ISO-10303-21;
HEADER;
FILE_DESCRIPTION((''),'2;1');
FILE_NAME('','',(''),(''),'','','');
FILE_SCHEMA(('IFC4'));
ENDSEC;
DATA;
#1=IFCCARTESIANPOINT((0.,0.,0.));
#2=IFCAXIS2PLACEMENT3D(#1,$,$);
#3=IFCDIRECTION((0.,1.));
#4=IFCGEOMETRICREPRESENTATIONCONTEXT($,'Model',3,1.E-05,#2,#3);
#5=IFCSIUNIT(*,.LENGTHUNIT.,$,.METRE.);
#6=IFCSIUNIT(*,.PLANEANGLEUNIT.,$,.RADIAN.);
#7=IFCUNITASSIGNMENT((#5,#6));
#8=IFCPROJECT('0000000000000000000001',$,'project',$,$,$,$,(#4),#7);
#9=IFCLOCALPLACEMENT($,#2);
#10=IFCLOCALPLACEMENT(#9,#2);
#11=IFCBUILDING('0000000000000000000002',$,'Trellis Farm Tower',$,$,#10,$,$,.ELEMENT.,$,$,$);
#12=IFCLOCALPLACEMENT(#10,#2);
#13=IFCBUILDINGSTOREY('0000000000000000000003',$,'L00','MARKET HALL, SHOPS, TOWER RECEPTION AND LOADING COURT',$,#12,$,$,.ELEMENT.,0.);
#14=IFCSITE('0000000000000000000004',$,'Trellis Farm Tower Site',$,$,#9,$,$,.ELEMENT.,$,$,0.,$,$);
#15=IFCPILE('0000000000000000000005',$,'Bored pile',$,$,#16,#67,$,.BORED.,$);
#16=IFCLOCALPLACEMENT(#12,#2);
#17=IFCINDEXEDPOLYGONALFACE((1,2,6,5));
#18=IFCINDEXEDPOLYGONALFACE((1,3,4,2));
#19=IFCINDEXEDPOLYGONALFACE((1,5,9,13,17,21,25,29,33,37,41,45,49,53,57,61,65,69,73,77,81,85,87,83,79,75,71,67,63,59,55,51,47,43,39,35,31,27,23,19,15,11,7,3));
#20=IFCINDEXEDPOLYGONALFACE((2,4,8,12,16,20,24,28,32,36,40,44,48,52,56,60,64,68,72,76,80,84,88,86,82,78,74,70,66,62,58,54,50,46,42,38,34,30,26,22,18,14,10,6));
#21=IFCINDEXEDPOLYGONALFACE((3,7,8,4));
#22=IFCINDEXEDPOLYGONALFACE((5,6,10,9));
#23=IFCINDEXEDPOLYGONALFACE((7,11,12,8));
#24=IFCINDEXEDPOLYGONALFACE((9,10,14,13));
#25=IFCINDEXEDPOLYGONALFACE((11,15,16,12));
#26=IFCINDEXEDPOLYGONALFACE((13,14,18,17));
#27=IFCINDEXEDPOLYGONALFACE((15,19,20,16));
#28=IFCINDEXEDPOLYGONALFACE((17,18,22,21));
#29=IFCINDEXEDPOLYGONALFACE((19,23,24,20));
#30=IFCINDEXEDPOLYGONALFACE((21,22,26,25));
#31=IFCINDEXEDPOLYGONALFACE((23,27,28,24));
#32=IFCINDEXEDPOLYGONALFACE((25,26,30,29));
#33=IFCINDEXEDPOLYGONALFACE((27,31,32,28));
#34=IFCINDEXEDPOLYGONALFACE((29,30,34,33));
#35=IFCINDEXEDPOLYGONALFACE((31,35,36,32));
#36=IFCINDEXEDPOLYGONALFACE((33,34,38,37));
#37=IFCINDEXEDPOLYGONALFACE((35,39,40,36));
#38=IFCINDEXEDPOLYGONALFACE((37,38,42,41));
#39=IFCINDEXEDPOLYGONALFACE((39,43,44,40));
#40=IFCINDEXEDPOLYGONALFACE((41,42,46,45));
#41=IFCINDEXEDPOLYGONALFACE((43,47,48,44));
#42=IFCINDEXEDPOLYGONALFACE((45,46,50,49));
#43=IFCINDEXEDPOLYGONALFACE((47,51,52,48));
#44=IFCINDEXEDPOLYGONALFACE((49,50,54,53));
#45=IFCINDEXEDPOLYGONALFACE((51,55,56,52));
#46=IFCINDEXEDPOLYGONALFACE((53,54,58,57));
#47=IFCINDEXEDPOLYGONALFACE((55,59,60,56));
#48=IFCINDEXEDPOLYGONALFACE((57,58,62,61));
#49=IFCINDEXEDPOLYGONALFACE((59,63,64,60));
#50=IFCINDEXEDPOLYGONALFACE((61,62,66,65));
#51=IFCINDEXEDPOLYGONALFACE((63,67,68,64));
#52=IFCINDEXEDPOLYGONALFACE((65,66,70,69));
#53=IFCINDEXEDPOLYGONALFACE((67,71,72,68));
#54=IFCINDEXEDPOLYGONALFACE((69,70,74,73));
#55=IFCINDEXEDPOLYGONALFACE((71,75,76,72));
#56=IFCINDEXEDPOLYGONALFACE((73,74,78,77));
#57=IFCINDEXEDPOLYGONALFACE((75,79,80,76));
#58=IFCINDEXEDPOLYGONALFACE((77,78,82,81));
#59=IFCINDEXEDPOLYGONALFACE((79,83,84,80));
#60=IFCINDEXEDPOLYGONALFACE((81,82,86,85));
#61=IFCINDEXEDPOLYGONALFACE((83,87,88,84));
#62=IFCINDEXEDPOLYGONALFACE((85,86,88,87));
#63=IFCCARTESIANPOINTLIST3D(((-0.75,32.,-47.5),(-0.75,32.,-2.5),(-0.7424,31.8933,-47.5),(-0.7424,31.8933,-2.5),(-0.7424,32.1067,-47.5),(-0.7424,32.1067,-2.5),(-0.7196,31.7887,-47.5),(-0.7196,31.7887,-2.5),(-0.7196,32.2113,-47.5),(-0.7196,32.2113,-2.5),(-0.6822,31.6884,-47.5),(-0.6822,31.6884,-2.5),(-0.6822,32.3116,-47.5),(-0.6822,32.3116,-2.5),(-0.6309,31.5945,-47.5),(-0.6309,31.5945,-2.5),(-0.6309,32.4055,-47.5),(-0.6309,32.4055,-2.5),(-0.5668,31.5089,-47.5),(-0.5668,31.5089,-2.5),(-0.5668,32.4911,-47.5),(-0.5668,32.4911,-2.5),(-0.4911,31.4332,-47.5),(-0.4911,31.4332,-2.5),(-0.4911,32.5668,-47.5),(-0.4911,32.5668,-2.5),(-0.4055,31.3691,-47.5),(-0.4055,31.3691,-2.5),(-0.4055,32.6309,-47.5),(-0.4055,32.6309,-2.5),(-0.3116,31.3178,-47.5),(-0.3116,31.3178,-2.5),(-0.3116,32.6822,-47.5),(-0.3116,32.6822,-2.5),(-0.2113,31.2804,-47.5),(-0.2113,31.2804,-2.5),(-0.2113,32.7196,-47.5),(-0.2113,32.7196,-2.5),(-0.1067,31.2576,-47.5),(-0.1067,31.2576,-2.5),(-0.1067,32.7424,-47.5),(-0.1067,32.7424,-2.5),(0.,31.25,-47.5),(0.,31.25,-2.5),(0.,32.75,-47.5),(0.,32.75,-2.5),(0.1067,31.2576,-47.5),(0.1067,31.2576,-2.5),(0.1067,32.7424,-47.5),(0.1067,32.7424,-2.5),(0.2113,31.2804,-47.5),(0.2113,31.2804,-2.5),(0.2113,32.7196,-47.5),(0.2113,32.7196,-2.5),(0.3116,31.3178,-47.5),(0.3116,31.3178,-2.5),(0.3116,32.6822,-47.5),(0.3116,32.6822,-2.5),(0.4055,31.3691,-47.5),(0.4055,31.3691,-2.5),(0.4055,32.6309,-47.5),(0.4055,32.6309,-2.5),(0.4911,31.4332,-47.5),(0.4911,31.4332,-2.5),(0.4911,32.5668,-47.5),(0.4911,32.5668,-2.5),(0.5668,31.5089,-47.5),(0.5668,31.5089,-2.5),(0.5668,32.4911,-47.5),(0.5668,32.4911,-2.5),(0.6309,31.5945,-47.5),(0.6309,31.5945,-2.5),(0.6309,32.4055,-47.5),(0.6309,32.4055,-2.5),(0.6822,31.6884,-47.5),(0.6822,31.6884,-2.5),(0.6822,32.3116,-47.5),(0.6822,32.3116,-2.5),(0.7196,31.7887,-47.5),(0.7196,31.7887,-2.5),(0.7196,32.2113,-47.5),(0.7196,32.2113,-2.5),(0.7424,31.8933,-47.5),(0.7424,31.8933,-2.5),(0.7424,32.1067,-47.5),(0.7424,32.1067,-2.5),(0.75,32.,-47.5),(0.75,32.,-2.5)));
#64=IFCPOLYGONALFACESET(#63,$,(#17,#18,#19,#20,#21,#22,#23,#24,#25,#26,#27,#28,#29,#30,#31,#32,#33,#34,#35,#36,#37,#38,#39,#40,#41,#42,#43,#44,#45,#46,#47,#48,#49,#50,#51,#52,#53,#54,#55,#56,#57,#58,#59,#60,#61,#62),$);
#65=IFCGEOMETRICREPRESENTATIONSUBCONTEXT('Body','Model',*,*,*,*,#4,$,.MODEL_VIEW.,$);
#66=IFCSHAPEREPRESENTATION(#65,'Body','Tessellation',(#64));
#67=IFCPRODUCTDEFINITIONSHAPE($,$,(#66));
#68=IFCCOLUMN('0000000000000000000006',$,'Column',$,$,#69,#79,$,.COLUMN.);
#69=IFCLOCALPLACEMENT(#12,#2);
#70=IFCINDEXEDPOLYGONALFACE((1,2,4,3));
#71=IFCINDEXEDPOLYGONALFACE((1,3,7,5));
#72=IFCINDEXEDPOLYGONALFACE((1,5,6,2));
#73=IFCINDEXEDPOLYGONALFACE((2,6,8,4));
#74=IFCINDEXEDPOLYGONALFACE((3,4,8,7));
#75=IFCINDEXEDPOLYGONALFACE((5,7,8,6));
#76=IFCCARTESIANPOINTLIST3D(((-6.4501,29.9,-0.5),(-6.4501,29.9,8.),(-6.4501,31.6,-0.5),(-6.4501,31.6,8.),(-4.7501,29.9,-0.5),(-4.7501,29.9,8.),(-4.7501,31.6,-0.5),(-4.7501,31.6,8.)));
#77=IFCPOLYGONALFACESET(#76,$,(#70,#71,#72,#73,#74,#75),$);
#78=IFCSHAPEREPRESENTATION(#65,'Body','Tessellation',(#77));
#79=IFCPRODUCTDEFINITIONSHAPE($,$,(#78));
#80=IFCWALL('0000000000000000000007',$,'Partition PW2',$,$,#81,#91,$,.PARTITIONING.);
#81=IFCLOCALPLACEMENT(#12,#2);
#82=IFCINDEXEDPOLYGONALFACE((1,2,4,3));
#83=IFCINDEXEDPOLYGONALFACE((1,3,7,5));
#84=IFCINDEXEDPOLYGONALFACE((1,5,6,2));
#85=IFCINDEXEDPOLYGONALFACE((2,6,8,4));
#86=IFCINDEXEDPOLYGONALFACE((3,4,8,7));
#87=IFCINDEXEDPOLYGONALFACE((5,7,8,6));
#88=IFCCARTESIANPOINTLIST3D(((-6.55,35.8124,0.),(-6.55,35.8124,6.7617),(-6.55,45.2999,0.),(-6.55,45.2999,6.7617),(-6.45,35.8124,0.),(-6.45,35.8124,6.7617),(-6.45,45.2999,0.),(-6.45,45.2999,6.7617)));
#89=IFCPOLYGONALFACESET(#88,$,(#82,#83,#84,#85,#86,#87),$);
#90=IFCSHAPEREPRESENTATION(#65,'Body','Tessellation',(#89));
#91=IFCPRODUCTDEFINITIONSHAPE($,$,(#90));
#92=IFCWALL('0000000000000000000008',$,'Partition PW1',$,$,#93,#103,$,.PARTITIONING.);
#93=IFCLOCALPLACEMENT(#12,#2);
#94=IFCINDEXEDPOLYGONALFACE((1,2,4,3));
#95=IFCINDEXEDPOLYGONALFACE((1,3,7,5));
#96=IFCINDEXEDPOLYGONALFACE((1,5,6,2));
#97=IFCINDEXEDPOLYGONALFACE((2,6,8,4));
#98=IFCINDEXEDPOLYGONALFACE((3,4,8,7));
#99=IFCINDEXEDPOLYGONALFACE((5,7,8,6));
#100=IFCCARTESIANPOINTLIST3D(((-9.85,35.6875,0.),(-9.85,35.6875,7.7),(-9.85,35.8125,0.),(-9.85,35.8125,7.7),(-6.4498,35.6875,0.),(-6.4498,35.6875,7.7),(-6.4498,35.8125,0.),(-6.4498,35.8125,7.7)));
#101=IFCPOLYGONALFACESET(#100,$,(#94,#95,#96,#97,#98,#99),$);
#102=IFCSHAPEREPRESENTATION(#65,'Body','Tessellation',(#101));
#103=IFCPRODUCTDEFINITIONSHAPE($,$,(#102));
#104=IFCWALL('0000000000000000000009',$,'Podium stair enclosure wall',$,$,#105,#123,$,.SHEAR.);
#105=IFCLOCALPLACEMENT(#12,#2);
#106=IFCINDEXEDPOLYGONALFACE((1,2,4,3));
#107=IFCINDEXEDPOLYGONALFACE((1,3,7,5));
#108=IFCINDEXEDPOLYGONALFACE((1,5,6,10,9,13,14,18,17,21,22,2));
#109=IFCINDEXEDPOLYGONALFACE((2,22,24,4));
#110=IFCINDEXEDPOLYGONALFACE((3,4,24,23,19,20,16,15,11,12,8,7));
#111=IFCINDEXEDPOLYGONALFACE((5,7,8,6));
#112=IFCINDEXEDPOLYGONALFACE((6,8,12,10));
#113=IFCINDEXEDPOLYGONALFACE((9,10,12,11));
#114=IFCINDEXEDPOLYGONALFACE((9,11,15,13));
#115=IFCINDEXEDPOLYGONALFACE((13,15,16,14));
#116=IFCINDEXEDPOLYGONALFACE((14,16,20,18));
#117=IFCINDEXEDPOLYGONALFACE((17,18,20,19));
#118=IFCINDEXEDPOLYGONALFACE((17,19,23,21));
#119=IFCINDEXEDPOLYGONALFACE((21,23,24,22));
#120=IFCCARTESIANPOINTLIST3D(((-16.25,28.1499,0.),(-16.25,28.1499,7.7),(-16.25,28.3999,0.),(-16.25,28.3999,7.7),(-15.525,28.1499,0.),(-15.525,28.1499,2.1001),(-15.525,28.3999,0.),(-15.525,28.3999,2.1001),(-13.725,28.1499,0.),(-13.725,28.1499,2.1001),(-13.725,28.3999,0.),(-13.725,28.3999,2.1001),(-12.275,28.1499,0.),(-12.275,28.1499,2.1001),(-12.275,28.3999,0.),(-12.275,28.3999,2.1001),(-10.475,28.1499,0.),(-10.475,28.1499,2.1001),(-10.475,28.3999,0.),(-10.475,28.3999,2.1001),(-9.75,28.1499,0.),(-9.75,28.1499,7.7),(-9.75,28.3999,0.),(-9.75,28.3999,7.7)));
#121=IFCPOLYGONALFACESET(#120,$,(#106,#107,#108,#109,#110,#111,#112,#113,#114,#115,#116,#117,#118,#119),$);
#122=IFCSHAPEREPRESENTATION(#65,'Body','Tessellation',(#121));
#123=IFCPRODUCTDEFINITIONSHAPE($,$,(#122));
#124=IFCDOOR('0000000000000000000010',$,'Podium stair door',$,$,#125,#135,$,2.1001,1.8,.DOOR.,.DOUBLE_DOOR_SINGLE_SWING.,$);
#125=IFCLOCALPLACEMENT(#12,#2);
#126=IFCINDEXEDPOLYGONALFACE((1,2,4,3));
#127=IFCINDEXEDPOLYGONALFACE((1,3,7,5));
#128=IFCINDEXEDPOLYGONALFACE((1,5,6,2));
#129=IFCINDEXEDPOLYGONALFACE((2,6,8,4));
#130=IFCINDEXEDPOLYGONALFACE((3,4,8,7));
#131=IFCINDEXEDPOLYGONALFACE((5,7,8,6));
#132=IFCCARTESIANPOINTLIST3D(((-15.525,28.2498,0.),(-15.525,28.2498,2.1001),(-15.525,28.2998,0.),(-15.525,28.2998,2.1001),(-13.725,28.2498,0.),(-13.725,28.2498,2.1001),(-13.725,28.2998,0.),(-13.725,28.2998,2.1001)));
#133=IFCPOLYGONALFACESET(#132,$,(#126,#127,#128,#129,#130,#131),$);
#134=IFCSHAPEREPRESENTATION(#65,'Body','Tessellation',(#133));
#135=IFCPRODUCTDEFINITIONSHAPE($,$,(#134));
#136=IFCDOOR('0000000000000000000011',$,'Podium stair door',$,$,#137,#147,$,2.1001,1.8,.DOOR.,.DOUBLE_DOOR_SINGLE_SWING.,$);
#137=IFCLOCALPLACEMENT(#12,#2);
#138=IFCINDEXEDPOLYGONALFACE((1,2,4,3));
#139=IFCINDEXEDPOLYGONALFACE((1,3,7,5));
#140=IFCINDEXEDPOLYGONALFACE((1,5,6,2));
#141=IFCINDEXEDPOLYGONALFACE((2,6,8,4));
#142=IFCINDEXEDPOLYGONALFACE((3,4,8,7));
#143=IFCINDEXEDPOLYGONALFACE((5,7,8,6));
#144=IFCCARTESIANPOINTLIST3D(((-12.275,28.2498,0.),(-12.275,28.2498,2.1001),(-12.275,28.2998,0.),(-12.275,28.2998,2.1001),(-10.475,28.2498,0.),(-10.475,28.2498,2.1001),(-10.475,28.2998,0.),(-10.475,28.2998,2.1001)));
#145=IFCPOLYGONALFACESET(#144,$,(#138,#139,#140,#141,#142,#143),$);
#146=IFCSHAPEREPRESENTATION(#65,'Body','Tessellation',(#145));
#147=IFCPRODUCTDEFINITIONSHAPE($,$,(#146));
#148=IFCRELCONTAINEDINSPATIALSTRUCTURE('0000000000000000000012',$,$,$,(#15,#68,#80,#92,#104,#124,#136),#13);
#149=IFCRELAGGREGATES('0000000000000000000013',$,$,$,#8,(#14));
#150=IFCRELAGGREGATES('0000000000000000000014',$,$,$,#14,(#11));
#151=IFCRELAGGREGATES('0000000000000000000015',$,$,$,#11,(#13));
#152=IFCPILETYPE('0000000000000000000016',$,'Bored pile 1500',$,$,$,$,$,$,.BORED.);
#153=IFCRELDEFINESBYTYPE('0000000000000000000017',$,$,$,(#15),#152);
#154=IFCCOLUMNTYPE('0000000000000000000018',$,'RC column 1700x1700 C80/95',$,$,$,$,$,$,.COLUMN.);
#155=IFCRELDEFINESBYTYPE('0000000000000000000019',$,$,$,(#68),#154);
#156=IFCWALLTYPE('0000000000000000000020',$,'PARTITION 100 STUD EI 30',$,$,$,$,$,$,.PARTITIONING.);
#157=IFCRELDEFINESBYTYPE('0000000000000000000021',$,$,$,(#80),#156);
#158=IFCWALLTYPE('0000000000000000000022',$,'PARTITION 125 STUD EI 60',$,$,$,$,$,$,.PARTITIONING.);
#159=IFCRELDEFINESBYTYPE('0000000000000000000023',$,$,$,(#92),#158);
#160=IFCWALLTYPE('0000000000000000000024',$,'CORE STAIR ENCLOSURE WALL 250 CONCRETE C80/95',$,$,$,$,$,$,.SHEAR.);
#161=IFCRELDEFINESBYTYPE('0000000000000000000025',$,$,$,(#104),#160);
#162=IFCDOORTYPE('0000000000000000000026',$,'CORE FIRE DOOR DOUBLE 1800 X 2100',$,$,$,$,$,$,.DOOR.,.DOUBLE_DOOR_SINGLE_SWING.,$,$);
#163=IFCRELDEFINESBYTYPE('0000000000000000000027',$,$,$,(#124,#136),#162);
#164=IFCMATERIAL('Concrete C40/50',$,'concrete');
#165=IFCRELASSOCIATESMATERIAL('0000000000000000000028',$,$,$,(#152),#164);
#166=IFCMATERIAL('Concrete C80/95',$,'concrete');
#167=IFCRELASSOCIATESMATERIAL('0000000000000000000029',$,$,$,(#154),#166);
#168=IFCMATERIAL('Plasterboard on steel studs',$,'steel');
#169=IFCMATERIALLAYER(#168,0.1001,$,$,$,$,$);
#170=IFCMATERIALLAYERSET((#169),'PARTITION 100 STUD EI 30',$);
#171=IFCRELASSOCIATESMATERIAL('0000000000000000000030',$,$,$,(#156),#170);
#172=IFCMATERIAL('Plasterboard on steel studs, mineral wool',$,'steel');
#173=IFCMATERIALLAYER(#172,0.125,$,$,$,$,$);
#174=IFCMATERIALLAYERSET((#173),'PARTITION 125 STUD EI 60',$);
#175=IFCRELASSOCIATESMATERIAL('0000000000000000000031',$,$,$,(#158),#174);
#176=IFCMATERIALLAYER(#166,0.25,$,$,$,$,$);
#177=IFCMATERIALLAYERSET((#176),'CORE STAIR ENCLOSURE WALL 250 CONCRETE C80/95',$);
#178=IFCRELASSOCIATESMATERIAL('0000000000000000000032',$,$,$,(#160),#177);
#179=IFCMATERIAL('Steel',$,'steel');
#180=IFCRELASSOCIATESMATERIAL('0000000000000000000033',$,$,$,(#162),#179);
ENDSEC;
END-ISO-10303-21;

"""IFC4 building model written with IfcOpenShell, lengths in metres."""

from ifc_helpers import new_model, si_unit, direction, frame, frame_2d, origin, origin_2d, place, context, subcontext, project, spatial, rectangle, circle, extrude, source, transform, mapped, material, layer, layer_set, material_profile, profile_set, type_object, element, fill, save


model = new_model("IFC4")

# Units and contexts
model_context = context("Model", 3, precision=1e-05, world=origin(), true_north=direction((0.0, 1.0)))
body_context = subcontext(model_context, "Body", "Model", "MODEL_VIEW")
ifc_project = project(units=[si_unit("LENGTHUNIT", "METRE"), si_unit("PLANEANGLEUNIT", "RADIAN")], contexts=[model_context])

# Site, building, storey
site_placement = place(None, origin())
site = spatial("IfcSite", under=ifc_project, at=site_placement, Name="Trellis Farm Tower Site", CompositionType="ELEMENT", RefElevation=0.0)
building_placement = place(site_placement, origin())
building = spatial("IfcBuilding", under=site, at=building_placement, Name="Trellis Farm Tower", CompositionType="ELEMENT")
storey_placement = place(building_placement, origin())
storey = spatial("IfcBuildingStorey", under=building, at=storey_placement, Name="L00", Description="MARKET HALL, SHOPS, TOWER RECEPTION AND LOADING COURT", CompositionType="ELEMENT", Elevation=0.0)

# Pile
ifc_material_1 = material(Name="Concrete C40/50", Category="concrete")
ifc_material_profile_1 = material_profile(ifc_material_1, circle(Radius=0.75, at=origin_2d()), Name="Bored pile 1500")
ifc_profile_set_1 = profile_set([ifc_material_profile_1], Name="Concrete C40/50")
pile_type = type_object("IfcPileType", Name="Bored pile 1500", PredefinedType="BORED", material=ifc_profile_set_1)
shared_shape_1 = source(origin(), body_context, "Body", "SweptSolid", [
    extrude(circle(Radius=0.75, at=origin_2d()), origin(), (0.0, 0.0, 1.0), 45.0),
])
for number, where, z_axis, x_axis, name in (
    (1, (0.0, 32.0, -2.5), (0.0, 0.0, -1.0), (1.0, 0.0, 0.0), "Bored pile"),
):
    element("IfcPile", number, at=place(storey_placement, frame(where, z_axis=z_axis, x_axis=x_axis)), inside=storey, type_object=pile_type, Name=name, PredefinedType="BORED", context=body_context, shape_type="MappedRepresentation", body=[
        mapped(shared_shape_1, transform((0.0, 0.0, 0.0))),
    ])

# Column
ifc_material_2 = material(Name="Concrete C80/95", Category="concrete")
ifc_material_profile_2 = material_profile(ifc_material_2, rectangle(XDim=1.7, YDim=1.7, at=origin_2d()), Name="RC column 1700x1700 C80/95")
ifc_profile_set_2 = profile_set([ifc_material_profile_2], Name="Concrete C80/95")
column_type = type_object("IfcColumnType", Name="RC column 1700x1700 C80/95", PredefinedType="COLUMN", material=ifc_profile_set_2)
shared_shape_2 = source(origin(), body_context, "Body", "SweptSolid", [
    extrude(rectangle(XDim=1.7, YDim=1.7, at=origin_2d()), origin(), (0.0, 0.0, 1.0), 8.5),
])
column_placement = place(storey_placement, frame((-5.6001, 30.75, -0.5), z_axis=(0.0, 0.0, 1.0), x_axis=(1.0, 0.0, 0.0)))
element("IfcColumn", 2, at=column_placement, inside=storey, type_object=column_type, Name="Column", PredefinedType="COLUMN", context=body_context, shape_type="MappedRepresentation", body=[
    mapped(shared_shape_2, transform((0.0, 0.0, 0.0))),
])

# Walls
ifc_material_3 = material(Name="Plasterboard on steel studs", Category="steel")
ifc_layer_1 = layer(ifc_material_3, 0.1001)
ifc_layer_set_1 = layer_set([ifc_layer_1], Name="PARTITION 100 STUD EI 30")
wall_type_1 = type_object("IfcWallType", Name="PARTITION 100 STUD EI 30", PredefinedType="PARTITIONING", material=ifc_layer_set_1)
wall_1_placement = place(storey_placement, frame((-6.5, 35.8125, 0.0), z_axis=(0.0, 0.0, 1.0), x_axis=(0.0, 1.0, 0.0)))
element("IfcWall", 3, at=wall_1_placement, inside=storey, type_object=wall_type_1, Name="Partition PW2", PredefinedType="PARTITIONING", context=body_context, shape_type="SweptSolid", body=[
    extrude(rectangle(XDim=9.4875, YDim=0.1001, at=frame_2d((4.7437, 0.0))), origin(), (0.0, 0.0, 1.0), 6.7617),
])
ifc_material_4 = material(Name="Plasterboard on steel studs, mineral wool", Category="steel")
ifc_layer_2 = layer(ifc_material_4, 0.125)
ifc_layer_set_2 = layer_set([ifc_layer_2], Name="PARTITION 125 STUD EI 60")
wall_type_2 = type_object("IfcWallType", Name="PARTITION 125 STUD EI 60", PredefinedType="PARTITIONING", material=ifc_layer_set_2)
wall_2_placement = place(storey_placement, frame((-9.8501, 35.75, 0.0), z_axis=(0.0, 0.0, 1.0), x_axis=(1.0, 0.0, 0.0)))
element("IfcWall", 4, at=wall_2_placement, inside=storey, type_object=wall_type_2, Name="Partition PW1", PredefinedType="PARTITIONING", context=body_context, shape_type="SweptSolid", body=[
    extrude(rectangle(XDim=3.4001, YDim=0.125, at=frame_2d((1.7002, 0.0))), origin(), (0.0, 0.0, 1.0), 7.7),
])

# Wall, openings, doors
ifc_layer_3 = layer(ifc_material_2, 0.25)
ifc_layer_set_3 = layer_set([ifc_layer_3], Name="CORE STAIR ENCLOSURE WALL 250 CONCRETE C80/95")
wall_type_3 = type_object("IfcWallType", Name="CORE STAIR ENCLOSURE WALL 250 CONCRETE C80/95", PredefinedType="SHEAR", material=ifc_layer_set_3)
shared_shape_3 = source(origin(), body_context, "Body", "SweptSolid", [
    extrude(rectangle(XDim=6.5, YDim=0.25, at=frame_2d((3.25, 0.0))), origin(), (0.0, 0.0, 1.0), 7.7),
])
wall_3_placement = place(storey_placement, frame((-16.25, 28.2749, 0.0), z_axis=(0.0, 0.0, 1.0), x_axis=(1.0, 0.0, 0.0)))
wall_3 = element("IfcWall", 5, at=wall_3_placement, inside=storey, type_object=wall_type_3, Name="Podium stair enclosure wall", PredefinedType="SHEAR", context=body_context, shape_type="MappedRepresentation", body=[
    mapped(shared_shape_3, transform((0.0, 0.0, 0.0))),
])
shared_shape_4 = source(origin(), body_context, "Body", "SweptSolid", [
    extrude(rectangle(XDim=1.8, YDim=2.1001, at=frame_2d((0.8999, 1.05))), frame((0.0, 0.135, 0.0), z_axis=(0.0, -1.0, 0.0), x_axis=(1.0, 0.0, 0.0)), (0.0, 0.0, 1.0), 0.27),
])
opening_1_placement = place(wall_3_placement, frame((0.7251, 0.0, 0.0)))
opening_1 = element("IfcOpeningElement", 6, at=opening_1_placement, cuts=wall_3, PredefinedType="OPENING", context=body_context, shape_type="MappedRepresentation", body=[
    mapped(shared_shape_4, transform((0.0, 0.0, 0.0))),
])
opening_2_placement = place(wall_3_placement, frame((3.9751, 0.0, 0.0)))
opening_2 = element("IfcOpeningElement", 7, at=opening_2_placement, cuts=wall_3, PredefinedType="OPENING", context=body_context, shape_type="MappedRepresentation", body=[
    mapped(shared_shape_4, transform((0.0, 0.0, 0.0))),
])
ifc_material_5 = material(Name="Steel", Category="steel")
door_type_1 = type_object("IfcDoorType", Name="CORE FIRE DOOR DOUBLE 1800 X 2100", OperationType="DOUBLE_DOOR_SINGLE_SWING", PredefinedType="DOOR", material=ifc_material_5)
shared_shape_5 = source(origin(), body_context, "Body", "SweptSolid", [
    extrude(rectangle(XDim=1.8, YDim=2.1001, at=frame_2d((0.8999, 1.05))), frame((0.0, 0.0249, 0.0), z_axis=(0.0, -1.0, 0.0), x_axis=(1.0, 0.0, 0.0)), (0.0, 0.0, 1.0), 0.05),
])
door_1_placement = place(opening_1_placement, origin())
door_1 = element("IfcDoor", 8, at=door_1_placement, inside=storey, type_object=door_type_1, Name="Podium stair door", OperationType="DOUBLE_DOOR_SINGLE_SWING", OverallHeight=2.1001, OverallWidth=1.8, PredefinedType="DOOR", context=body_context, shape_type="MappedRepresentation", body=[
    mapped(shared_shape_5, transform((0.0, 0.0, 0.0))),
])
fill(opening_1, door_1)
door_2_placement = place(opening_2_placement, origin())
door_2 = element("IfcDoor", 9, at=door_2_placement, inside=storey, type_object=door_type_1, Name="Podium stair door", OperationType="DOUBLE_DOOR_SINGLE_SWING", OverallHeight=2.1001, OverallWidth=1.8, PredefinedType="DOOR", context=body_context, shape_type="MappedRepresentation", body=[
    mapped(shared_shape_5, transform((0.0, 0.0, 0.0))),
])
fill(opening_2, door_2)

save(model, "model.ifc")
